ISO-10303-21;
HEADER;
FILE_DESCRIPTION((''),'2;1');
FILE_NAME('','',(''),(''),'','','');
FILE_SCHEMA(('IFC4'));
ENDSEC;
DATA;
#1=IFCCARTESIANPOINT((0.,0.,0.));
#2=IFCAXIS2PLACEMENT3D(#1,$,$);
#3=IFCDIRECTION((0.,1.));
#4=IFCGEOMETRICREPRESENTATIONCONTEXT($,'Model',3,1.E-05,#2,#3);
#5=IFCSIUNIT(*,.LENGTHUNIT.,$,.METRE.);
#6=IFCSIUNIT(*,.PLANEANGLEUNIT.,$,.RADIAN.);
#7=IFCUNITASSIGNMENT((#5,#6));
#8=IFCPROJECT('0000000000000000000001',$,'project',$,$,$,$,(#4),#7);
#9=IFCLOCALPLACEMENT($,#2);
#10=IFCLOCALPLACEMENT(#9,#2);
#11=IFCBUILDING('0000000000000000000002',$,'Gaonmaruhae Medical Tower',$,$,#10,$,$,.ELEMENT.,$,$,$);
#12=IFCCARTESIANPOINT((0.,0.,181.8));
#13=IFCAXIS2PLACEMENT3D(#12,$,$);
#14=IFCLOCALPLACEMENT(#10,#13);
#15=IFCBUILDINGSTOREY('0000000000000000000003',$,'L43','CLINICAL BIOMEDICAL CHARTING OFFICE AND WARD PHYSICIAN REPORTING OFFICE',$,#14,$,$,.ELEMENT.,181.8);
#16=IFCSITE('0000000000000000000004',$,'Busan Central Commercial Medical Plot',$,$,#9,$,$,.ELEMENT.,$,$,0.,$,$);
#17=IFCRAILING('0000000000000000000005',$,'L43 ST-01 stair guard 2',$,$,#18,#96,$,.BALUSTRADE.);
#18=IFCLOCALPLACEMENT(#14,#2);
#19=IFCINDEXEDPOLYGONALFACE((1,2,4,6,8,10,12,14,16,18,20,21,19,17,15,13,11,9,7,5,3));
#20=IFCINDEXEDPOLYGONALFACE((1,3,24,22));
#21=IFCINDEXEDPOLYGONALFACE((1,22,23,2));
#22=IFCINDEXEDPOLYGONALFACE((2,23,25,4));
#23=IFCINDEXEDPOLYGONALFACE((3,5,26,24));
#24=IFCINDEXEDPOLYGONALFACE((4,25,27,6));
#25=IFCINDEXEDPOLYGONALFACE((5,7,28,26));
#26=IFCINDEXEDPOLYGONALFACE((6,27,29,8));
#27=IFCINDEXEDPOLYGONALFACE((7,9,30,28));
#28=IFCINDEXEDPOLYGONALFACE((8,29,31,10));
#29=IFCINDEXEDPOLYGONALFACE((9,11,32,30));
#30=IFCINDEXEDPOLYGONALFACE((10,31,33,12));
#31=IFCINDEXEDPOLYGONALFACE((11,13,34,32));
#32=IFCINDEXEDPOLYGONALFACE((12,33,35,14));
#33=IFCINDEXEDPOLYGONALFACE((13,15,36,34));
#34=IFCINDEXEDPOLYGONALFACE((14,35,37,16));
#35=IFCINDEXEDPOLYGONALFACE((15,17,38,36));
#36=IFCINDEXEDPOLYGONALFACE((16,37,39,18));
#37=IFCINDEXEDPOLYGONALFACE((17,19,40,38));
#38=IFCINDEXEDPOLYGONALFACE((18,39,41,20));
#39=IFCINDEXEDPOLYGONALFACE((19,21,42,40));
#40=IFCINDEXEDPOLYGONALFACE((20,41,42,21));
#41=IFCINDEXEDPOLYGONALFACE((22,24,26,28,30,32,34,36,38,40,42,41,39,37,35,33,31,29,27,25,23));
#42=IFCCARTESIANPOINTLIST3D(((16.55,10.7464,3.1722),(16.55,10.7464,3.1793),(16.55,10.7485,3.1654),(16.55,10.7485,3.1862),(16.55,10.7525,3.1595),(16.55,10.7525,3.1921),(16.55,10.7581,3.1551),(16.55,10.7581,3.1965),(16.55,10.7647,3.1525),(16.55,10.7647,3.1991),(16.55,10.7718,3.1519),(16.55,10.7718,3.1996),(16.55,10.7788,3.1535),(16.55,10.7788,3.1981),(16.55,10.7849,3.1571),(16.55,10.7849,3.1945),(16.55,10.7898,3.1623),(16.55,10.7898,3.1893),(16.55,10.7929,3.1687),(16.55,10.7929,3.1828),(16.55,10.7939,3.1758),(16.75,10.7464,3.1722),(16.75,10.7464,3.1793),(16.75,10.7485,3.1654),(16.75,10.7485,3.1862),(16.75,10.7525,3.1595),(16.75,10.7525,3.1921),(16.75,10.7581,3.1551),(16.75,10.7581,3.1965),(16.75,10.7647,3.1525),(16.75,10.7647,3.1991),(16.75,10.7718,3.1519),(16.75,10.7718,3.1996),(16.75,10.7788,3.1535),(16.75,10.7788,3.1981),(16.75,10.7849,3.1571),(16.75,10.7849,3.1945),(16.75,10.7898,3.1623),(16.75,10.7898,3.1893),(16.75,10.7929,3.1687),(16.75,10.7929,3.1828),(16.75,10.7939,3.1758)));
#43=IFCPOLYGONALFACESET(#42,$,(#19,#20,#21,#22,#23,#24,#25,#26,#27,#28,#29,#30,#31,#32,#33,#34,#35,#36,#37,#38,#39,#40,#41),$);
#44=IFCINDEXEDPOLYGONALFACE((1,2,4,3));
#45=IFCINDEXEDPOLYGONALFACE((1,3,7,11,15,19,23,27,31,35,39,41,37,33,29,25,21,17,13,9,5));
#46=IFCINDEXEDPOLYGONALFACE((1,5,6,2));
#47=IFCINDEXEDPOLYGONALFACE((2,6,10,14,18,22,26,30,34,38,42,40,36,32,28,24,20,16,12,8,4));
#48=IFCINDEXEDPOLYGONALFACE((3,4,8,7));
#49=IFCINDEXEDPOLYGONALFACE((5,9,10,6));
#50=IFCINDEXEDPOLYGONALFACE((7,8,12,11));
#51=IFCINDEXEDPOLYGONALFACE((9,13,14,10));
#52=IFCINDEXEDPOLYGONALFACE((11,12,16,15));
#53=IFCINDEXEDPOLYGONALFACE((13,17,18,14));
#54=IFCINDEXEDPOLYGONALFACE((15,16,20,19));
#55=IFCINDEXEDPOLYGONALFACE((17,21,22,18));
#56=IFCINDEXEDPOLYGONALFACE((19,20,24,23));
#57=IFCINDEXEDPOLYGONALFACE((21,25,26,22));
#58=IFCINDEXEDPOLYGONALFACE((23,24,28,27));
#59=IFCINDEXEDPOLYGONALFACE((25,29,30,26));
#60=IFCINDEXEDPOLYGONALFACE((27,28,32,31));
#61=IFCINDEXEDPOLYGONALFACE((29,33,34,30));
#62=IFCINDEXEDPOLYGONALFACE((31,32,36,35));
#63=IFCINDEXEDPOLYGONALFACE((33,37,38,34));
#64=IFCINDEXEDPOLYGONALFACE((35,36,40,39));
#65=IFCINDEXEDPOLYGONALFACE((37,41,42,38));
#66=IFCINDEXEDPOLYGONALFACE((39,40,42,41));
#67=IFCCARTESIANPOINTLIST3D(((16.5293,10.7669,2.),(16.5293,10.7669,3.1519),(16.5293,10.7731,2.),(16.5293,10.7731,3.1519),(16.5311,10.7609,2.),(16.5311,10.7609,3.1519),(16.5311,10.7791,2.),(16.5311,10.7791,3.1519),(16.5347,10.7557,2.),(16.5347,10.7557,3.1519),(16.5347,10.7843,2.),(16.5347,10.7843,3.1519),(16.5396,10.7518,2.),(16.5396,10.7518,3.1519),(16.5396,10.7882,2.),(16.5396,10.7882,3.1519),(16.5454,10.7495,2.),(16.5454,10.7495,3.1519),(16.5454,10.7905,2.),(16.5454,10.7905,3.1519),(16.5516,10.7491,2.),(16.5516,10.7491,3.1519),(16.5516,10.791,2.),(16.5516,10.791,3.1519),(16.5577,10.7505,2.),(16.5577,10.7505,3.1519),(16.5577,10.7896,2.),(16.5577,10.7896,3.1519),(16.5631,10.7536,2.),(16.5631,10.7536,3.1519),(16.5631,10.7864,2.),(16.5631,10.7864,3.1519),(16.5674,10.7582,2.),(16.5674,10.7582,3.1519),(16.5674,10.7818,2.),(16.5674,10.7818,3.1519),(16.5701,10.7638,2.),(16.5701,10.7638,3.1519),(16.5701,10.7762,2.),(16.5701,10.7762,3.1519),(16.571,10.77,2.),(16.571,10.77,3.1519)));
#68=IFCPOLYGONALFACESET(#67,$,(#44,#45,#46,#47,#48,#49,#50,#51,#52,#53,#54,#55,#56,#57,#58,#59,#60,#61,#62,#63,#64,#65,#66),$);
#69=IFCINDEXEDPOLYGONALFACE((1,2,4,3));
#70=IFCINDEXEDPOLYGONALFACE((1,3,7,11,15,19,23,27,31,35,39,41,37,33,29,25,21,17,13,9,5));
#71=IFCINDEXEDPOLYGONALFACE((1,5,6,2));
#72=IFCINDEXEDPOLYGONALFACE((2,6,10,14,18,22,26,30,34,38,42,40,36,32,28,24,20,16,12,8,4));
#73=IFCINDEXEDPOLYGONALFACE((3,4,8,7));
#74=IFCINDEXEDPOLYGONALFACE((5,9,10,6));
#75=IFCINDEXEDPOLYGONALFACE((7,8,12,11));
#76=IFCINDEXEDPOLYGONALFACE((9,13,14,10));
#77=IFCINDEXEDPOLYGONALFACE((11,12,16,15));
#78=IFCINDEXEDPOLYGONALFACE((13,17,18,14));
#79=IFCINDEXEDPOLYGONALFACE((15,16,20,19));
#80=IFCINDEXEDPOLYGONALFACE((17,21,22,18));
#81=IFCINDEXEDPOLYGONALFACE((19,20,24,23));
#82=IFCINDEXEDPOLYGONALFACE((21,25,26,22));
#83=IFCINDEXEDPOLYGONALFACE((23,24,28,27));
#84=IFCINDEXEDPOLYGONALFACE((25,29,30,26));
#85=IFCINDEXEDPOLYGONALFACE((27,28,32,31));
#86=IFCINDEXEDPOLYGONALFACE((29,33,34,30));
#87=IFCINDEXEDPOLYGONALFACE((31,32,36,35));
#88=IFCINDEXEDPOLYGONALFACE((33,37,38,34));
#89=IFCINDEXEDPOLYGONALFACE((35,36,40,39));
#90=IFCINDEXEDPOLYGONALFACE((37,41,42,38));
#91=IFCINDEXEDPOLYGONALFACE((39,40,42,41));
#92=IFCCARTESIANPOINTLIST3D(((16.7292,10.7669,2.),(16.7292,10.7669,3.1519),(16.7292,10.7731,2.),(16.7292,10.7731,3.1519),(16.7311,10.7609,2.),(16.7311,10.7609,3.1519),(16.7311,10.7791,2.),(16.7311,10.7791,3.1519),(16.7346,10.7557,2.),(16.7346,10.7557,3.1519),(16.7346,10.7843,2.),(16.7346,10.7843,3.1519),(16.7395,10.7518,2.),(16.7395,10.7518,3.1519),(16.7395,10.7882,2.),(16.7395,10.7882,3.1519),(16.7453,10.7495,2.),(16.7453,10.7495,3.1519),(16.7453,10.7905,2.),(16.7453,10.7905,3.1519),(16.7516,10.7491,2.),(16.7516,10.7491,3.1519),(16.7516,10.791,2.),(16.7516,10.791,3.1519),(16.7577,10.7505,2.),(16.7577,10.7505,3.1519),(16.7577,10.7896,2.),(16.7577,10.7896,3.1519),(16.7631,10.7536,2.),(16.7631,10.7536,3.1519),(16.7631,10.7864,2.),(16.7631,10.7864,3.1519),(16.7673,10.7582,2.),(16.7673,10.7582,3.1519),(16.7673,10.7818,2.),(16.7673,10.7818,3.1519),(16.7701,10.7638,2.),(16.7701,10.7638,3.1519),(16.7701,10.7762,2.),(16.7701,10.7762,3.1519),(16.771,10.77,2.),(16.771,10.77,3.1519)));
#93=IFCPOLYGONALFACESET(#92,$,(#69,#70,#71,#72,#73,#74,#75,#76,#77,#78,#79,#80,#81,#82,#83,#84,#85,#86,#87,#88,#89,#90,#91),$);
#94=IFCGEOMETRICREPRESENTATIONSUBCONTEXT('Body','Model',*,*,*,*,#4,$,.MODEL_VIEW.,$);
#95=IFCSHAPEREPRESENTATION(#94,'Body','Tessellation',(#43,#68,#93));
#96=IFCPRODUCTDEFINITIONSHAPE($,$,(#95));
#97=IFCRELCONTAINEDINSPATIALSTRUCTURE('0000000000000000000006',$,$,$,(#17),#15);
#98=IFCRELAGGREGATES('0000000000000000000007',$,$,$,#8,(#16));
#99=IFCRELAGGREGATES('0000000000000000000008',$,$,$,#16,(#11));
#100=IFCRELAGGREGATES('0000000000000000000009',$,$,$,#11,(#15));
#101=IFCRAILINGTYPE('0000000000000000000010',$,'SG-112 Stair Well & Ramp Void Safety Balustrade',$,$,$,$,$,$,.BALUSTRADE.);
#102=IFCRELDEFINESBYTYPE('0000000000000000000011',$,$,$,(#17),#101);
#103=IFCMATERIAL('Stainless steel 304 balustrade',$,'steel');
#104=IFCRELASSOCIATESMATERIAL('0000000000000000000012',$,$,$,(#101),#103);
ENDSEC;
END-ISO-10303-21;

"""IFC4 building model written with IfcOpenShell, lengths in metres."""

from ifc_helpers import new_model, si_unit, direction, frame, origin, origin_2d, place, context, subcontext, project, spatial, circle, extrude, material, type_object, element, save


model = new_model("IFC4")

# Units and contexts
model_context = context("Model", 3, precision=1e-05, world=origin(), true_north=direction((0.0, 1.0)))
body_context = subcontext(model_context, "Body", "Model", "MODEL_VIEW")
ifc_project = project(units=[si_unit("LENGTHUNIT", "METRE"), si_unit("PLANEANGLEUNIT", "RADIAN")], contexts=[model_context])

# Site, building, storey
site_placement = place(None, origin())
site = spatial("IfcSite", under=ifc_project, at=site_placement, Name="Busan Central Commercial Medical Plot", CompositionType="ELEMENT", RefElevation=0.0)
building_placement = place(site_placement, origin())
building = spatial("IfcBuilding", under=site, at=building_placement, Name="Gaonmaruhae Medical Tower", CompositionType="ELEMENT")
storey_placement = place(building_placement, frame((0.0, 0.0, 181.8)))
storey = spatial("IfcBuildingStorey", under=building, at=storey_placement, Name="L43", Description="CLINICAL BIOMEDICAL CHARTING OFFICE AND WARD PHYSICIAN REPORTING OFFICE", CompositionType="ELEMENT", Elevation=181.8)

# Railing
ifc_material_1 = material(Name="Stainless steel 304 balustrade", Category="steel")
railing_type_1 = type_object("IfcRailingType", Name="SG-112 Stair Well & Ramp Void Safety Balustrade", PredefinedType="BALUSTRADE", material=ifc_material_1)
railing_1_placement = place(storey_placement, frame((16.55, 10.77, 2.0)))
element("IfcRailing", 1, at=railing_1_placement, inside=storey, type_object=railing_type_1, Name="L43 ST-01 stair guard 2", PredefinedType="BALUSTRADE", context=body_context, shape_type="SweptSolid", body=[
    extrude(circle(Radius=0.0239, at=origin_2d()), frame((0.0, 0.0, 1.1758), z_axis=(1.0, 0.0, 0.0), x_axis=(0.0, 1.0, 0.0)), (0.0, 0.0, 1.0), 0.2),
    extrude(circle(Radius=0.021, at=origin_2d()), origin(), (0.0, 0.0, 1.0), 1.1519),
    extrude(circle(Radius=0.021, at=origin_2d()), frame((0.2, 0.0, 0.0)), (0.0, 0.0, 1.0), 1.1519),
])

save(model, "model.ifc")
